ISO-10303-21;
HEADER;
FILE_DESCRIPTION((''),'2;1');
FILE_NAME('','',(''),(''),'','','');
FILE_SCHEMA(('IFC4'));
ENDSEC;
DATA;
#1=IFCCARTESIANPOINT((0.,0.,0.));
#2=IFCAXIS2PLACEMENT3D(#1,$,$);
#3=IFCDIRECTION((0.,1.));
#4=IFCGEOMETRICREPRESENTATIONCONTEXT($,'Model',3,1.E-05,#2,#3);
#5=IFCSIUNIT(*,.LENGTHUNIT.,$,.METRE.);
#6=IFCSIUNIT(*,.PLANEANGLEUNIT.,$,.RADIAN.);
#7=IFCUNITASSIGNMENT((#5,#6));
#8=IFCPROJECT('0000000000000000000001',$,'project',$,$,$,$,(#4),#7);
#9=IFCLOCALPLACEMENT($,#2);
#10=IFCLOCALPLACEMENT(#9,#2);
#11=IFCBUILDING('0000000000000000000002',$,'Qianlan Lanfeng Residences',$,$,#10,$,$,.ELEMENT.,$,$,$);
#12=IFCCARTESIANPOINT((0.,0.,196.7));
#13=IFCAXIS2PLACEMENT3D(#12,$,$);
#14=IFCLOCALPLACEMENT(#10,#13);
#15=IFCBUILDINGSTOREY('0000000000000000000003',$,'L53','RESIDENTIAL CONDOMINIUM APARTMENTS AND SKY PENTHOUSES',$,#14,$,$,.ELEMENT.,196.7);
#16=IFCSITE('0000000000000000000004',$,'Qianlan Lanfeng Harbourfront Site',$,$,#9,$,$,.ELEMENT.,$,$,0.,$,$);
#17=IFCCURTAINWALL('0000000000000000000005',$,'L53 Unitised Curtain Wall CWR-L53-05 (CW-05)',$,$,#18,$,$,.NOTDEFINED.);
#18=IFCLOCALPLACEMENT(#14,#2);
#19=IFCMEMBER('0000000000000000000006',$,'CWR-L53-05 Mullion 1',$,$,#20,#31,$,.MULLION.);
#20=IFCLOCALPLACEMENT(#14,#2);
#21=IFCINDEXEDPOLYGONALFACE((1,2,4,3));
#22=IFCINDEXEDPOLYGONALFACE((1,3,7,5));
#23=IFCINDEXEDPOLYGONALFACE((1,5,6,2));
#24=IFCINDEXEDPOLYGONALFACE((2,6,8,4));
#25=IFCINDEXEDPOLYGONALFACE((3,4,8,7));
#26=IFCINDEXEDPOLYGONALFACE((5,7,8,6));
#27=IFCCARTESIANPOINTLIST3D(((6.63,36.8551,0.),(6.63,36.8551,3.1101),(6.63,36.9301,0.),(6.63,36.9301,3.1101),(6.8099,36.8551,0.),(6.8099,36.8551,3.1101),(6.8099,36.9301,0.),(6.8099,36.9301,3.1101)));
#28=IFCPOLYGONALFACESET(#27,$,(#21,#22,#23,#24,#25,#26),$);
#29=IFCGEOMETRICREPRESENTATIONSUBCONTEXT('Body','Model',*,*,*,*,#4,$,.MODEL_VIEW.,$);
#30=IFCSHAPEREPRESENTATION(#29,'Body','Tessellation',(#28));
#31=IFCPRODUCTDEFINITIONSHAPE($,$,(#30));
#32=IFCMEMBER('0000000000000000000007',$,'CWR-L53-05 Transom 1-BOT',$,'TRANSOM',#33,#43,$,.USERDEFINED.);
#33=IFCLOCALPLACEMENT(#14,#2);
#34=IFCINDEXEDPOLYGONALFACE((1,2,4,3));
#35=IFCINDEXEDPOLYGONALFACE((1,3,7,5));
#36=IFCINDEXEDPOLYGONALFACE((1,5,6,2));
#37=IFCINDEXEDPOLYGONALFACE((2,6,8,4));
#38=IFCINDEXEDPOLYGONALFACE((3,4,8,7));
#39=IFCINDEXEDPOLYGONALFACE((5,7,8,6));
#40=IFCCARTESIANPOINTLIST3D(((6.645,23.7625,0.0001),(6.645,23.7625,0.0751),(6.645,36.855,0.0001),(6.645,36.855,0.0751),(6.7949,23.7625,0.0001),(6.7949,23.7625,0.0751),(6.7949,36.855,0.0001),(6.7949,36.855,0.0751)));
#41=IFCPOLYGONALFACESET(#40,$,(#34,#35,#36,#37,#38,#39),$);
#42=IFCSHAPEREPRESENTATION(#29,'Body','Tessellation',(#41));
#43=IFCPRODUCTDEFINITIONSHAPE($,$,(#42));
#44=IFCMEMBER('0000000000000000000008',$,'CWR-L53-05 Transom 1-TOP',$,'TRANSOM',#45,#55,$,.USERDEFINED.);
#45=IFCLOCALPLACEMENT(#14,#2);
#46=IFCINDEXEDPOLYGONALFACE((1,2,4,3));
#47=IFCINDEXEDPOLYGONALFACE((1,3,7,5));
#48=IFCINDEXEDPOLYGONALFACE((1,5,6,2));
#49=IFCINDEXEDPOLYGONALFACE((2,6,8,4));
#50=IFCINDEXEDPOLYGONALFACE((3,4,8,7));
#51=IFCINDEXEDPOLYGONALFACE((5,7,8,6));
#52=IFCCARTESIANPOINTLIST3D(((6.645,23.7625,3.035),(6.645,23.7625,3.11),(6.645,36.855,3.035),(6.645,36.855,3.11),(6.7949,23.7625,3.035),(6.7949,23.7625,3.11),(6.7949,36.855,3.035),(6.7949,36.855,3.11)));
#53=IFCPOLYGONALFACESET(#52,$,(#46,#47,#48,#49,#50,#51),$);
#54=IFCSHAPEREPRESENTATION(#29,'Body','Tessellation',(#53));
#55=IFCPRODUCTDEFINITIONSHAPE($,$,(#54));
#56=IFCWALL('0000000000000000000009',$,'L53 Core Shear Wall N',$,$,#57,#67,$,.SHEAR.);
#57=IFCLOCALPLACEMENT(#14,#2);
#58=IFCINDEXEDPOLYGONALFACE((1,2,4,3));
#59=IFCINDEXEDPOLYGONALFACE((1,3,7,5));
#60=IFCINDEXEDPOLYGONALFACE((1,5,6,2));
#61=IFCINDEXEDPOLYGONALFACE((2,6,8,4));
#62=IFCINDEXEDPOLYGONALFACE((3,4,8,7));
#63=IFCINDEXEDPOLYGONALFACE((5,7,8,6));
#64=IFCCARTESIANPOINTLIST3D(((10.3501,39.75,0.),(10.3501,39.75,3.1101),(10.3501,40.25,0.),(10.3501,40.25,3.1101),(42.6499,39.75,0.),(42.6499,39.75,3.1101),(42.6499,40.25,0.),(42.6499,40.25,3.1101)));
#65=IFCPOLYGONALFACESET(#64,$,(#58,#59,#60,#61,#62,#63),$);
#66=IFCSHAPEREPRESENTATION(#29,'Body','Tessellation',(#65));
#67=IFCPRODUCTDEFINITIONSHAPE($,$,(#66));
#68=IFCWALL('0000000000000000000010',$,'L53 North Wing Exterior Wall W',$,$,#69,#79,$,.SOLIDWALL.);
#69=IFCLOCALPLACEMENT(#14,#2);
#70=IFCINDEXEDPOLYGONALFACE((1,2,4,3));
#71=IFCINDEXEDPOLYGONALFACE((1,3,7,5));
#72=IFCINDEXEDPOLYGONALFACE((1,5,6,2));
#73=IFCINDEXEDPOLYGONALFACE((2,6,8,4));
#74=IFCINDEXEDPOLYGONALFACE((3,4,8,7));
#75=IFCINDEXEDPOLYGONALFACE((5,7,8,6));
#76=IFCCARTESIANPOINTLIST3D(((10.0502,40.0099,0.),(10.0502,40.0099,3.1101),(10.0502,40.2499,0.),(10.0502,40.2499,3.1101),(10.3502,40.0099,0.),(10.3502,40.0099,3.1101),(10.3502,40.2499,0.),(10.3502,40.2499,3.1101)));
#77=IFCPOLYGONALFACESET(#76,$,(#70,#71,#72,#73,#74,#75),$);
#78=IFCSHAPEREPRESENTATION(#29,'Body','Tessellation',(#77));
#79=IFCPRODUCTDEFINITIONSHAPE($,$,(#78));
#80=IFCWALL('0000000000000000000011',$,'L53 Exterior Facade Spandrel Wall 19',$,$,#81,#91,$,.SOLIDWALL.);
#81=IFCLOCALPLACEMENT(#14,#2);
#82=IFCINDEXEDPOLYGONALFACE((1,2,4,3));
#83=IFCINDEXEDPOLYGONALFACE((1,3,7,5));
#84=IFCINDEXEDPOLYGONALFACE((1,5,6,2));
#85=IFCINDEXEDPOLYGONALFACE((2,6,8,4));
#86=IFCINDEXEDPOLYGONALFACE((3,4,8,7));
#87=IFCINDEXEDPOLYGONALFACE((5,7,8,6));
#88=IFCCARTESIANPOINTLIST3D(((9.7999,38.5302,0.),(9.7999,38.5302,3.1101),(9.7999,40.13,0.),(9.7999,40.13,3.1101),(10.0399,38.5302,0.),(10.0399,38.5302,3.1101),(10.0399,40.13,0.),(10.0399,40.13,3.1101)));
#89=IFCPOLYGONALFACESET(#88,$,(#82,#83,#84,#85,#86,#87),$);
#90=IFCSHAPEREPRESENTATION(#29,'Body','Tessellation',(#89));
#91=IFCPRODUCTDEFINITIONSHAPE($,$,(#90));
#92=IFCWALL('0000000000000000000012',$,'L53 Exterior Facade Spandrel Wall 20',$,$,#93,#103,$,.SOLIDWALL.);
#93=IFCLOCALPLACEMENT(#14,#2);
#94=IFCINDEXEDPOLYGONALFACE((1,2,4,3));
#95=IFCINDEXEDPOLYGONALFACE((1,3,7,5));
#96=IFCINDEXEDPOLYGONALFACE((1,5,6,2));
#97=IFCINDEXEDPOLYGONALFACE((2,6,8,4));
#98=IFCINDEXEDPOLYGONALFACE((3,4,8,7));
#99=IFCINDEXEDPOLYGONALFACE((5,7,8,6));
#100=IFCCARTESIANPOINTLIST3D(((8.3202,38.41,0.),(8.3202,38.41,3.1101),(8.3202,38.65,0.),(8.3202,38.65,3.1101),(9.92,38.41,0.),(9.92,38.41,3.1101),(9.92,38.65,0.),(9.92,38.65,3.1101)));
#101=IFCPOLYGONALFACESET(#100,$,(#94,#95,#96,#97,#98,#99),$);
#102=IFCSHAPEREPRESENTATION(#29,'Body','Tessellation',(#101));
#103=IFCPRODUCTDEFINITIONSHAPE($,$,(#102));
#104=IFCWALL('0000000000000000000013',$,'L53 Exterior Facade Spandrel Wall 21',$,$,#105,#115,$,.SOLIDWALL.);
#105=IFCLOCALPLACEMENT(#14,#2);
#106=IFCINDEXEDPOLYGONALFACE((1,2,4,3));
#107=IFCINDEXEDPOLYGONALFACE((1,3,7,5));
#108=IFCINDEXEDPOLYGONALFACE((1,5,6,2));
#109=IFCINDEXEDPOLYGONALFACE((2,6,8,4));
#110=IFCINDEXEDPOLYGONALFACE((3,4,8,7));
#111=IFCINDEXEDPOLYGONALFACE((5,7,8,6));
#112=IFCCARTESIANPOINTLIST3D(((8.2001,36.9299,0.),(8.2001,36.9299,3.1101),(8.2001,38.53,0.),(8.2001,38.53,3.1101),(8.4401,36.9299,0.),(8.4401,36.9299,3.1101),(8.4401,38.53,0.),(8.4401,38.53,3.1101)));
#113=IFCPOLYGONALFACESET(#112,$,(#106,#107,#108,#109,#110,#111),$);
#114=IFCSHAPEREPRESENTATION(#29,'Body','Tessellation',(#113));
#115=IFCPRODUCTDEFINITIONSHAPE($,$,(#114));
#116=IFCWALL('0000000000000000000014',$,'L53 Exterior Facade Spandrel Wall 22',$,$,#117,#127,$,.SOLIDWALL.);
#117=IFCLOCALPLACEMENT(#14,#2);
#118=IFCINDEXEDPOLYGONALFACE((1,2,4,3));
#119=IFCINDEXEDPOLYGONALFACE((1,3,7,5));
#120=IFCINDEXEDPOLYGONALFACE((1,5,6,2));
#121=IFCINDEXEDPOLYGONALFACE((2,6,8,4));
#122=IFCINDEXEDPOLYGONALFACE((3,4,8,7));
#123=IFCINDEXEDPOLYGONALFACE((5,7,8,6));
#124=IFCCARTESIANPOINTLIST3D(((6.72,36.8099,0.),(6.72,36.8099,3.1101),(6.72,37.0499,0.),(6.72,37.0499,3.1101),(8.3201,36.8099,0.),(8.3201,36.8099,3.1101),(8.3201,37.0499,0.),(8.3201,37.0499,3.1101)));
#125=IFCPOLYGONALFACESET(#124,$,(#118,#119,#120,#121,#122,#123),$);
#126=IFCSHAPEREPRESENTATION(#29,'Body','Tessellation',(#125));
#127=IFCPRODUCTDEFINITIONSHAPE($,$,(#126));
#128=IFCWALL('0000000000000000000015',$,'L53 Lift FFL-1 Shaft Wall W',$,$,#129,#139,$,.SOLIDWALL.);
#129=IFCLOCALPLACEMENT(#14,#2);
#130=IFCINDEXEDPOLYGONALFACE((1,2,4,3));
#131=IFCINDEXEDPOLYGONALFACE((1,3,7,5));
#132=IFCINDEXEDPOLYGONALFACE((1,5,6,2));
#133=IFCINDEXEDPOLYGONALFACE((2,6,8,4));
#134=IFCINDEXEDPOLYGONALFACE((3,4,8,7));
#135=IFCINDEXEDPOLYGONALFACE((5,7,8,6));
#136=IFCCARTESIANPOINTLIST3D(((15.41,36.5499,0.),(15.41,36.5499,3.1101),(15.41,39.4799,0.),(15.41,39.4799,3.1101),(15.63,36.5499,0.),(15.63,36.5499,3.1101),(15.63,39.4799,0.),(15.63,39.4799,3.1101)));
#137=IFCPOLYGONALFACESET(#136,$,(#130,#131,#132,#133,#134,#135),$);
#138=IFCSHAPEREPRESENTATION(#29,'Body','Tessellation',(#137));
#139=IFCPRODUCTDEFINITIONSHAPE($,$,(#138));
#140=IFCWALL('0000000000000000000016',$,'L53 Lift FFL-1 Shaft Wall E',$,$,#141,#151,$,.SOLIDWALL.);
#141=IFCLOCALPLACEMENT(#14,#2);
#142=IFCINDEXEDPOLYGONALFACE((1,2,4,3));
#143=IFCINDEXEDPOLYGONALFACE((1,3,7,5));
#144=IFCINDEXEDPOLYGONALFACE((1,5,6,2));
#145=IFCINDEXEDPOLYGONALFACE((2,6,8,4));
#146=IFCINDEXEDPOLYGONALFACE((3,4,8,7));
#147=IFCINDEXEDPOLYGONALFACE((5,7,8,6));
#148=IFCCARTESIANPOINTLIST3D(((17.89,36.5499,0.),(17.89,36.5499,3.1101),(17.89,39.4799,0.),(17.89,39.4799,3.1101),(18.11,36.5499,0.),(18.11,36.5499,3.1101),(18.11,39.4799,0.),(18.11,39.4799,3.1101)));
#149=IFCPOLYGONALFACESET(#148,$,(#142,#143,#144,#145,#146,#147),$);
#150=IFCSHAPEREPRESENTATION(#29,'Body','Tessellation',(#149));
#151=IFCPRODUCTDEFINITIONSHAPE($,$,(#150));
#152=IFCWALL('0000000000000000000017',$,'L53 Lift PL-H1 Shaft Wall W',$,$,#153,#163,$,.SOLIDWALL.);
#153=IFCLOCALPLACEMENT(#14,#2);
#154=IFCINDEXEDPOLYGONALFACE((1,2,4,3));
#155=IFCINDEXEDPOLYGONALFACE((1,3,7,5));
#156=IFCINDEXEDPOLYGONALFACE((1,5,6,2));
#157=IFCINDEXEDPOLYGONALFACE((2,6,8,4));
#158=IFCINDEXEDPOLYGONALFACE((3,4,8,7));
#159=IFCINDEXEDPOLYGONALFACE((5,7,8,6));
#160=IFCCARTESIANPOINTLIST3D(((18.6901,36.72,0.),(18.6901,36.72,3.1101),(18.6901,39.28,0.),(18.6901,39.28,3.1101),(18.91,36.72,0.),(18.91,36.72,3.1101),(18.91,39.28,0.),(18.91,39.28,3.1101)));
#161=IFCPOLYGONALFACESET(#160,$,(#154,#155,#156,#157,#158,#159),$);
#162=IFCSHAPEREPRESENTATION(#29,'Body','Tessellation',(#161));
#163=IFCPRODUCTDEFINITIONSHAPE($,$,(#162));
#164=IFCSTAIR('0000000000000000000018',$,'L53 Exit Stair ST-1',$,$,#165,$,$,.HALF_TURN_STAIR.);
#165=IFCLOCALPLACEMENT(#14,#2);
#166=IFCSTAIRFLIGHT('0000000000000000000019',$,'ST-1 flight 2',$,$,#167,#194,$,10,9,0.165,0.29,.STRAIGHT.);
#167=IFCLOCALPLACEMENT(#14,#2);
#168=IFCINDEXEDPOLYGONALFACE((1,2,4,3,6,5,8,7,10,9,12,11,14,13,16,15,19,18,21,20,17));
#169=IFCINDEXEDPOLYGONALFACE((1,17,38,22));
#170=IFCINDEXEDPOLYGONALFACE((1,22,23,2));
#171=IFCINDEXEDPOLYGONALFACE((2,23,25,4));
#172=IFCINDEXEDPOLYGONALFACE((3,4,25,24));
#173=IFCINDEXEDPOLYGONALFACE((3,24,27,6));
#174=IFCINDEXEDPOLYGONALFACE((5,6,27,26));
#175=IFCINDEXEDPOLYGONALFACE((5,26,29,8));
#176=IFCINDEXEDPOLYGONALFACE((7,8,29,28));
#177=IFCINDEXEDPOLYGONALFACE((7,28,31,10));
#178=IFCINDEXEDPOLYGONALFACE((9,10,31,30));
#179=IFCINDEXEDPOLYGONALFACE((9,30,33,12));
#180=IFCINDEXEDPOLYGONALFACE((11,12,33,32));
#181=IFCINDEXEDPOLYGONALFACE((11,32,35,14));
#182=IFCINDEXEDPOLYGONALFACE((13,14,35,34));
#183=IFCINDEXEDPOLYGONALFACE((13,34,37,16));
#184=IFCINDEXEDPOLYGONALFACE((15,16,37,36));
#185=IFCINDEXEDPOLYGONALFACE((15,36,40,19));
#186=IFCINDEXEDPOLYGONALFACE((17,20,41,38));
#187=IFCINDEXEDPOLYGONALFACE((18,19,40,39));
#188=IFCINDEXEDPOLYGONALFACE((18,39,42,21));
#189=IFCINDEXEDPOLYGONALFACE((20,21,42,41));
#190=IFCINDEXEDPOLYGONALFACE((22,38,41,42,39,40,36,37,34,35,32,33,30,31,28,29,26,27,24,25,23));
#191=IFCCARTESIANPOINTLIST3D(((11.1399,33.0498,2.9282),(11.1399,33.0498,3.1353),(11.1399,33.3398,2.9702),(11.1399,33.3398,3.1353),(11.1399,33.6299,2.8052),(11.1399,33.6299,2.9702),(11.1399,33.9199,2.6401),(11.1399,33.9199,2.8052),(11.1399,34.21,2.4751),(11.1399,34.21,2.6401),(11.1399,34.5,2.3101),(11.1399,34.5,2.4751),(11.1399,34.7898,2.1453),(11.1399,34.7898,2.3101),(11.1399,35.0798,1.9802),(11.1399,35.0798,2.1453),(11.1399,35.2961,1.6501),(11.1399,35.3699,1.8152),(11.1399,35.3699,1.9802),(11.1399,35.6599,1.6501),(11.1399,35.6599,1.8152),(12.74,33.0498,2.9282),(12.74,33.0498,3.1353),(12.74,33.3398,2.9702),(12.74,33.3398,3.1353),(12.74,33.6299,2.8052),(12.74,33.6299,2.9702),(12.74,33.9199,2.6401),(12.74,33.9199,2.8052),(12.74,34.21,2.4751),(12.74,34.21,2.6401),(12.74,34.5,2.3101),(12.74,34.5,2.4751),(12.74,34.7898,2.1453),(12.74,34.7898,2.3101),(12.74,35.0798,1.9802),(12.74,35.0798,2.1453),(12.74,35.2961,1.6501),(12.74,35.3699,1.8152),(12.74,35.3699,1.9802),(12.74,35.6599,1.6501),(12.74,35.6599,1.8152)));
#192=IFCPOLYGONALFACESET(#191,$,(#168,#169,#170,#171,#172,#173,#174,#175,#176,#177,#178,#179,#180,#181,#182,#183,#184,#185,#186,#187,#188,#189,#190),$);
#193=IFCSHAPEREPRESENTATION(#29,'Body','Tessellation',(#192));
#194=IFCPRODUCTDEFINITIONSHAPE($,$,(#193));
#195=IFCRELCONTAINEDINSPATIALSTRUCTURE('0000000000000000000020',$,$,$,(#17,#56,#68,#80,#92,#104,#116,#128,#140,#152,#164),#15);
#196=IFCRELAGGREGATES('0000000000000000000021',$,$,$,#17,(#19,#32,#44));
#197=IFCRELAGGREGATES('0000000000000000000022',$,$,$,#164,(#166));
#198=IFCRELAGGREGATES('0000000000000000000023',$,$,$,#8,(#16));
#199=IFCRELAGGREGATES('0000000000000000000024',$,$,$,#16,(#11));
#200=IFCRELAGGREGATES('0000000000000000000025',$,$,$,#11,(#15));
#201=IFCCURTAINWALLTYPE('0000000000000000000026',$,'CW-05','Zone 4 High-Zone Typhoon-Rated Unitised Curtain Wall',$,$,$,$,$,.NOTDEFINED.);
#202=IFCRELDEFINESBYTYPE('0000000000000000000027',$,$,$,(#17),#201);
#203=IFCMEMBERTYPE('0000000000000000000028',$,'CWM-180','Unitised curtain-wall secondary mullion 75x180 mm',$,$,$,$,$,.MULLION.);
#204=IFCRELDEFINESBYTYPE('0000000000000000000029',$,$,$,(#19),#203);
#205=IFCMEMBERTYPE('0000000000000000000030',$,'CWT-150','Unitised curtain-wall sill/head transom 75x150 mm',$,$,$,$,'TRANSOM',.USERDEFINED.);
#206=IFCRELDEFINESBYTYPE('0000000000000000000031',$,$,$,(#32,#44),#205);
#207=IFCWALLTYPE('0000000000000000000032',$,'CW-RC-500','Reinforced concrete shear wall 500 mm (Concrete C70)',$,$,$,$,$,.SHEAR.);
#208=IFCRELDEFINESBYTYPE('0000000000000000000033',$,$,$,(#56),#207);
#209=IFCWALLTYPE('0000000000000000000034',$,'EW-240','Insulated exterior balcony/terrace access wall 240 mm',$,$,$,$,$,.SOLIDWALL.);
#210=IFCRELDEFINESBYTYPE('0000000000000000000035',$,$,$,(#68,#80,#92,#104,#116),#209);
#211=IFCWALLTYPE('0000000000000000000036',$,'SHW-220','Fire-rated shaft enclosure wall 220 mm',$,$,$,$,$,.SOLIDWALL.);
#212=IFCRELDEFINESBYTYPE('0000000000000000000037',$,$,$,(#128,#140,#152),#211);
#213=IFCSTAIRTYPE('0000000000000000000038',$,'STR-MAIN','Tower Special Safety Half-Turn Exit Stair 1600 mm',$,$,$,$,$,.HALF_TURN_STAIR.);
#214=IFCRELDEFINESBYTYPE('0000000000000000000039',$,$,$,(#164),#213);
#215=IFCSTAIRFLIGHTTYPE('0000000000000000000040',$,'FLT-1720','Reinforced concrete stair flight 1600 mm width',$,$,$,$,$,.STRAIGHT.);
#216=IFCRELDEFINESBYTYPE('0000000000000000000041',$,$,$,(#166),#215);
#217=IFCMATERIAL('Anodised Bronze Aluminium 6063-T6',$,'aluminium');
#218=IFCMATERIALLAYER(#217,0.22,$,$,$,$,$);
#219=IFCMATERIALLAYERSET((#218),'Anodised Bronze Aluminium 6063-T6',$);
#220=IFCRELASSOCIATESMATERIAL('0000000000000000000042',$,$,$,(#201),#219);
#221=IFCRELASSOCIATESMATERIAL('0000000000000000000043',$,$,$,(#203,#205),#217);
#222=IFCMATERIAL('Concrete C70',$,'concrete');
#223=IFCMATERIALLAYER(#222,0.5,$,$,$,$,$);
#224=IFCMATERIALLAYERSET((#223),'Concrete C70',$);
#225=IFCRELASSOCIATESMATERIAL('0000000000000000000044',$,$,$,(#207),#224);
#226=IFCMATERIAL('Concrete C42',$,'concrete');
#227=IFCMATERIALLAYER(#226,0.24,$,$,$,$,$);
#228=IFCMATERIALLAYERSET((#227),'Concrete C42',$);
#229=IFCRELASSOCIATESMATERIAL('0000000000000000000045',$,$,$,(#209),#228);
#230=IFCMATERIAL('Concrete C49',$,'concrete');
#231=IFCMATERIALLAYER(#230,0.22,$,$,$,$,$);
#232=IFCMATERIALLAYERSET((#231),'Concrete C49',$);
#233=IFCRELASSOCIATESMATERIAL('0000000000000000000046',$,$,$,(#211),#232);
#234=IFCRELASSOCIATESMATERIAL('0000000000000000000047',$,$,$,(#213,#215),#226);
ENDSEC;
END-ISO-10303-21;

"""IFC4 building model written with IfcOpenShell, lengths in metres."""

from ifc_helpers import new_model, si_unit, direction, frame, frame_2d, origin, origin_2d, place, context, subcontext, project, spatial, polyline, rectangle, outline, extrude, source, transform, mapped, material, layer, layer_set, material_profile, profile_set, type_object, element, aggregate, save


model = new_model("IFC4")

# Units and contexts
model_context = context("Model", 3, precision=1e-05, world=origin(), true_north=direction((0.0, 1.0)))
body_context = subcontext(model_context, "Body", "Model", "MODEL_VIEW")
ifc_project = project(units=[si_unit("LENGTHUNIT", "METRE"), si_unit("PLANEANGLEUNIT", "RADIAN")], contexts=[model_context])

# Site, building, storey
site_placement = place(None, origin())
site = spatial("IfcSite", under=ifc_project, at=site_placement, Name="Qianlan Lanfeng Harbourfront Site", CompositionType="ELEMENT", RefElevation=0.0)
building_placement = place(site_placement, origin())
building = spatial("IfcBuilding", under=site, at=building_placement, Name="Qianlan Lanfeng Residences", CompositionType="ELEMENT")
storey_placement = place(building_placement, frame((0.0, 0.0, 196.7)))
storey = spatial("IfcBuildingStorey", under=building, at=storey_placement, Name="L53", Description="RESIDENTIAL CONDOMINIUM APARTMENTS AND SKY PENTHOUSES", CompositionType="ELEMENT", Elevation=196.7)

# Curtain wall, members
ifc_material_1 = material(Name="Anodised Bronze Aluminium 6063-T6", Category="aluminium")
ifc_layer_1 = layer(ifc_material_1, 0.22)
ifc_layer_set_1 = layer_set([ifc_layer_1], Name="Anodised Bronze Aluminium 6063-T6")
curtain_wall_type = type_object("IfcCurtainWallType", Name="CW-05", Description="Zone 4 High-Zone Typhoon-Rated Unitised Curtain Wall", PredefinedType="NOTDEFINED", material=ifc_layer_set_1)
curtain_wall_placement = place(storey_placement, origin())
curtain_wall = element("IfcCurtainWall", 1, at=curtain_wall_placement, inside=storey, type_object=curtain_wall_type, Name="L53 Unitised Curtain Wall CWR-L53-05 (CW-05)", PredefinedType="NOTDEFINED")
ifc_material_profile_1 = material_profile(ifc_material_1, rectangle(XDim=0.075, YDim=0.1799, at=origin_2d()), Name="ALU MULLION 75x180")
ifc_profile_set_1 = profile_set([ifc_material_profile_1], Name="Anodised Bronze Aluminium 6063-T6")
member_type_1 = type_object("IfcMemberType", Name="CWM-180", Description="Unitised curtain-wall secondary mullion 75x180 mm", PredefinedType="MULLION", material=ifc_profile_set_1)
shared_shape_1 = source(origin(), body_context, "Body", "SweptSolid", [
    extrude(rectangle(XDim=0.075, YDim=0.1799, at=origin_2d()), origin(), (0.0, 0.0, 1.0), 3.1101),
])
member_1_placement = place(storey_placement, frame((6.72, 36.8926, 0.0), z_axis=(0.0, 0.0, 1.0), x_axis=(0.0, -1.0, 0.0)))
member_1 = element("IfcMember", 2, at=member_1_placement, type_object=member_type_1, Name="CWR-L53-05 Mullion 1", PredefinedType="MULLION", context=body_context, shape_type="MappedRepresentation", body=[
    mapped(shared_shape_1, transform((0.0, 0.0, 0.0), scale=1.0)),
])
ifc_material_profile_2 = material_profile(ifc_material_1, rectangle(XDim=0.075, YDim=0.1499, at=origin_2d()), Name="ALU TRANSOM 75x150")
ifc_profile_set_2 = profile_set([ifc_material_profile_2], Name="Anodised Bronze Aluminium 6063-T6")
member_type_2 = type_object("IfcMemberType", Name="CWT-150", Description="Unitised curtain-wall sill/head transom 75x150 mm", ElementType="TRANSOM", PredefinedType="USERDEFINED", material=ifc_profile_set_2)
shared_shape_2 = source(origin(), body_context, "Body", "SweptSolid", [
    extrude(rectangle(XDim=0.075, YDim=0.1499, at=origin_2d()), origin(), (0.0, 0.0, 1.0), 13.0925),
])
member_2_placement = place(storey_placement, frame((6.72, 36.855, 0.0376), z_axis=(0.0, -1.0, 0.0), x_axis=(0.0, 0.0, 1.0)))
member_2 = element("IfcMember", 3, at=member_2_placement, type_object=member_type_2, Name="CWR-L53-05 Transom 1-BOT", ObjectType="TRANSOM", PredefinedType="USERDEFINED", context=body_context, shape_type="MappedRepresentation", body=[
    mapped(shared_shape_2, transform((0.0, 0.0, 0.0), scale=1.0)),
])
member_3_placement = place(storey_placement, frame((6.72, 36.855, 3.0725), z_axis=(0.0, -1.0, 0.0), x_axis=(0.0, 0.0, 1.0)))
member_3 = element("IfcMember", 4, at=member_3_placement, type_object=member_type_2, Name="CWR-L53-05 Transom 1-TOP", ObjectType="TRANSOM", PredefinedType="USERDEFINED", context=body_context, shape_type="MappedRepresentation", body=[
    mapped(shared_shape_2, transform((0.0, 0.0, 0.0), scale=1.0)),
])
aggregate(curtain_wall, [member_1, member_2, member_3])

# Shared definitions
ifc_material_2 = material(Name="Concrete C49", Category="concrete")

# Walls
ifc_material_3 = material(Name="Concrete C70", Category="concrete")
ifc_layer_2 = layer(ifc_material_3, 0.5)
ifc_layer_set_2 = layer_set([ifc_layer_2], Name="Concrete C70")
wall_type_1 = type_object("IfcWallType", Name="CW-RC-500", Description="Reinforced concrete shear wall 500 mm (Concrete C70)", PredefinedType="SHEAR", material=ifc_layer_set_2)
wall_1_placement = place(storey_placement, frame((10.3501, 40.0, 0.0), z_axis=(0.0, 0.0, 1.0), x_axis=(1.0, 0.0, 0.0)))
element("IfcWall", 5, at=wall_1_placement, inside=storey, type_object=wall_type_1, Name="L53 Core Shear Wall N", PredefinedType="SHEAR", context=body_context, shape_type="SweptSolid", body=[
    extrude(rectangle(XDim=32.2998, YDim=0.5, at=frame_2d((16.1499, 0.0))), origin(), (0.0, 0.0, 1.0), 3.1101),
])
ifc_material_4 = material(Name="Concrete C42", Category="concrete")
ifc_layer_3 = layer(ifc_material_4, 0.24)
ifc_layer_set_3 = layer_set([ifc_layer_3], Name="Concrete C42")
wall_type_2 = type_object("IfcWallType", Name="EW-240", Description="Insulated exterior balcony/terrace access wall 240 mm", PredefinedType="SOLIDWALL", material=ifc_layer_set_3)
wall_2_placement = place(storey_placement, frame((10.3501, 40.1299, 0.0), z_axis=(0.0, 0.0, 1.0), x_axis=(-1.0, 0.0, 0.0)))
element("IfcWall", 6, at=wall_2_placement, inside=storey, type_object=wall_type_2, Name="L53 North Wing Exterior Wall W", PredefinedType="SOLIDWALL", context=body_context, shape_type="SweptSolid", body=[
    extrude(rectangle(XDim=0.3, YDim=0.24, at=frame_2d((0.1499, 0.0))), origin(), (0.0, 0.0, 1.0), 3.1101),
])
for number, where, z_axis, x_axis, name in (
    (7, (9.9199, 40.1299, 0.0), (0.0, 0.0, 1.0), (0.0, -1.0, 0.0), "L53 Exterior Facade Spandrel Wall 19"),
    (8, (9.9199, 38.53, 0.0), (0.0, 0.0, 1.0), (-1.0, 0.0, 0.0), "L53 Exterior Facade Spandrel Wall 20"),
):
    element("IfcWall", number, at=place(storey_placement, frame(where, z_axis=z_axis, x_axis=x_axis)), inside=storey, type_object=wall_type_2, Name=name, PredefinedType="SOLIDWALL", context=body_context, shape_type="SweptSolid", body=[
        extrude(rectangle(XDim=1.5999, YDim=0.24, at=frame_2d((0.7998, 0.0))), origin(), (0.0, 0.0, 1.0), 3.1101),
    ])
for number, where, z_axis, x_axis, name in (
    (9, (8.3201, 38.53, 0.0), (0.0, 0.0, 1.0), (0.0, -1.0, 0.0), "L53 Exterior Facade Spandrel Wall 21"),
    (10, (8.3201, 36.9299, 0.0), (0.0, 0.0, 1.0), (-1.0, 0.0, 0.0), "L53 Exterior Facade Spandrel Wall 22"),
):
    element("IfcWall", number, at=place(storey_placement, frame(where, z_axis=z_axis, x_axis=x_axis)), inside=storey, type_object=wall_type_2, Name=name, PredefinedType="SOLIDWALL", context=body_context, shape_type="SweptSolid", body=[
        extrude(rectangle(XDim=1.6001, YDim=0.24, at=frame_2d((0.8, 0.0))), origin(), (0.0, 0.0, 1.0), 3.1101),
    ])

# Walls
ifc_layer_4 = layer(ifc_material_2, 0.22)
ifc_layer_set_4 = layer_set([ifc_layer_4], Name="Concrete C49")
wall_type_3 = type_object("IfcWallType", Name="SHW-220", Description="Fire-rated shaft enclosure wall 220 mm", PredefinedType="SOLIDWALL", material=ifc_layer_set_4)
for number, where, z_axis, x_axis, name in (
    (11, (15.52, 36.55, 0.0), (0.0, 0.0, 1.0), (0.0, 1.0, 0.0), "L53 Lift FFL-1 Shaft Wall W"),
    (12, (18.0, 36.55, 0.0), (0.0, 0.0, 1.0), (0.0, 1.0, 0.0), "L53 Lift FFL-1 Shaft Wall E"),
):
    element("IfcWall", number, at=place(storey_placement, frame(where, z_axis=z_axis, x_axis=x_axis)), inside=storey, type_object=wall_type_3, Name=name, PredefinedType="SOLIDWALL", context=body_context, shape_type="SweptSolid", body=[
        extrude(rectangle(XDim=2.9299, YDim=0.22, at=frame_2d((1.4648, 0.0))), origin(), (0.0, 0.0, 1.0), 3.1101),
    ])
wall_3_placement = place(storey_placement, frame((18.8, 36.72, 0.0), z_axis=(0.0, 0.0, 1.0), x_axis=(0.0, 1.0, 0.0)))
element("IfcWall", 13, at=wall_3_placement, inside=storey, type_object=wall_type_3, Name="L53 Lift PL-H1 Shaft Wall W", PredefinedType="SOLIDWALL", context=body_context, shape_type="SweptSolid", body=[
    extrude(rectangle(XDim=2.5601, YDim=0.22, at=frame_2d((1.28, 0.0))), origin(), (0.0, 0.0, 1.0), 3.1101),
])

# Stair, stair flight
stair_type = type_object("IfcStairType", Name="STR-MAIN", Description="Tower Special Safety Half-Turn Exit Stair 1600 mm", PredefinedType="HALF_TURN_STAIR", material=ifc_material_4)
stair_placement = place(storey_placement, origin())
stair = element("IfcStair", 14, at=stair_placement, inside=storey, type_object=stair_type, Name="L53 Exit Stair ST-1", PredefinedType="HALF_TURN_STAIR")
stair_flight_type = type_object("IfcStairFlightType", Name="FLT-1720", Description="Reinforced concrete stair flight 1600 mm width", PredefinedType="STRAIGHT", material=ifc_material_4)
stair_flight_placement = place(storey_placement, frame((11.9399, 35.6599, 1.6501), z_axis=(0.0, 0.0, 1.0), x_axis=(0.0, -1.0, 0.0)))
stair_flight = element("IfcStairFlight", 15, at=stair_flight_placement, type_object=stair_flight_type, Name="ST-1 flight 2", NumberOfRisers=10, NumberOfTreads=9, PredefinedType="STRAIGHT", RiserHeight=0.165, TreadLength=0.29, context=body_context, shape_type="SweptSolid", body=[
    extrude(outline(polyline([(0.0, 0.0), (0.0, 0.165), (0.29, 0.165), (0.29, 0.3301), (0.5801, 0.3301), (0.5801, 0.4951), (0.8701, 0.4951), (0.8701, 0.6599), (1.1599, 0.6599), (1.1599, 0.825), (1.45, 0.825), (1.45, 0.99), (1.74, 0.99), (1.74, 1.155), (2.03, 1.155), (2.03, 1.3201), (2.3201, 1.3201), (2.3201, 1.4851), (2.6101, 1.4851), (2.6101, 1.6499), (2.6101, 1.2781), (0.3638, 0.0), (0.0, 0.0)])), frame((0.0, 0.8, 0.0), z_axis=(0.0, -1.0, 0.0), x_axis=(1.0, 0.0, 0.0)), (0.0, 0.0, 1.0), 1.6001),
])
aggregate(stair, [stair_flight])

save(model, "model.ifc")
